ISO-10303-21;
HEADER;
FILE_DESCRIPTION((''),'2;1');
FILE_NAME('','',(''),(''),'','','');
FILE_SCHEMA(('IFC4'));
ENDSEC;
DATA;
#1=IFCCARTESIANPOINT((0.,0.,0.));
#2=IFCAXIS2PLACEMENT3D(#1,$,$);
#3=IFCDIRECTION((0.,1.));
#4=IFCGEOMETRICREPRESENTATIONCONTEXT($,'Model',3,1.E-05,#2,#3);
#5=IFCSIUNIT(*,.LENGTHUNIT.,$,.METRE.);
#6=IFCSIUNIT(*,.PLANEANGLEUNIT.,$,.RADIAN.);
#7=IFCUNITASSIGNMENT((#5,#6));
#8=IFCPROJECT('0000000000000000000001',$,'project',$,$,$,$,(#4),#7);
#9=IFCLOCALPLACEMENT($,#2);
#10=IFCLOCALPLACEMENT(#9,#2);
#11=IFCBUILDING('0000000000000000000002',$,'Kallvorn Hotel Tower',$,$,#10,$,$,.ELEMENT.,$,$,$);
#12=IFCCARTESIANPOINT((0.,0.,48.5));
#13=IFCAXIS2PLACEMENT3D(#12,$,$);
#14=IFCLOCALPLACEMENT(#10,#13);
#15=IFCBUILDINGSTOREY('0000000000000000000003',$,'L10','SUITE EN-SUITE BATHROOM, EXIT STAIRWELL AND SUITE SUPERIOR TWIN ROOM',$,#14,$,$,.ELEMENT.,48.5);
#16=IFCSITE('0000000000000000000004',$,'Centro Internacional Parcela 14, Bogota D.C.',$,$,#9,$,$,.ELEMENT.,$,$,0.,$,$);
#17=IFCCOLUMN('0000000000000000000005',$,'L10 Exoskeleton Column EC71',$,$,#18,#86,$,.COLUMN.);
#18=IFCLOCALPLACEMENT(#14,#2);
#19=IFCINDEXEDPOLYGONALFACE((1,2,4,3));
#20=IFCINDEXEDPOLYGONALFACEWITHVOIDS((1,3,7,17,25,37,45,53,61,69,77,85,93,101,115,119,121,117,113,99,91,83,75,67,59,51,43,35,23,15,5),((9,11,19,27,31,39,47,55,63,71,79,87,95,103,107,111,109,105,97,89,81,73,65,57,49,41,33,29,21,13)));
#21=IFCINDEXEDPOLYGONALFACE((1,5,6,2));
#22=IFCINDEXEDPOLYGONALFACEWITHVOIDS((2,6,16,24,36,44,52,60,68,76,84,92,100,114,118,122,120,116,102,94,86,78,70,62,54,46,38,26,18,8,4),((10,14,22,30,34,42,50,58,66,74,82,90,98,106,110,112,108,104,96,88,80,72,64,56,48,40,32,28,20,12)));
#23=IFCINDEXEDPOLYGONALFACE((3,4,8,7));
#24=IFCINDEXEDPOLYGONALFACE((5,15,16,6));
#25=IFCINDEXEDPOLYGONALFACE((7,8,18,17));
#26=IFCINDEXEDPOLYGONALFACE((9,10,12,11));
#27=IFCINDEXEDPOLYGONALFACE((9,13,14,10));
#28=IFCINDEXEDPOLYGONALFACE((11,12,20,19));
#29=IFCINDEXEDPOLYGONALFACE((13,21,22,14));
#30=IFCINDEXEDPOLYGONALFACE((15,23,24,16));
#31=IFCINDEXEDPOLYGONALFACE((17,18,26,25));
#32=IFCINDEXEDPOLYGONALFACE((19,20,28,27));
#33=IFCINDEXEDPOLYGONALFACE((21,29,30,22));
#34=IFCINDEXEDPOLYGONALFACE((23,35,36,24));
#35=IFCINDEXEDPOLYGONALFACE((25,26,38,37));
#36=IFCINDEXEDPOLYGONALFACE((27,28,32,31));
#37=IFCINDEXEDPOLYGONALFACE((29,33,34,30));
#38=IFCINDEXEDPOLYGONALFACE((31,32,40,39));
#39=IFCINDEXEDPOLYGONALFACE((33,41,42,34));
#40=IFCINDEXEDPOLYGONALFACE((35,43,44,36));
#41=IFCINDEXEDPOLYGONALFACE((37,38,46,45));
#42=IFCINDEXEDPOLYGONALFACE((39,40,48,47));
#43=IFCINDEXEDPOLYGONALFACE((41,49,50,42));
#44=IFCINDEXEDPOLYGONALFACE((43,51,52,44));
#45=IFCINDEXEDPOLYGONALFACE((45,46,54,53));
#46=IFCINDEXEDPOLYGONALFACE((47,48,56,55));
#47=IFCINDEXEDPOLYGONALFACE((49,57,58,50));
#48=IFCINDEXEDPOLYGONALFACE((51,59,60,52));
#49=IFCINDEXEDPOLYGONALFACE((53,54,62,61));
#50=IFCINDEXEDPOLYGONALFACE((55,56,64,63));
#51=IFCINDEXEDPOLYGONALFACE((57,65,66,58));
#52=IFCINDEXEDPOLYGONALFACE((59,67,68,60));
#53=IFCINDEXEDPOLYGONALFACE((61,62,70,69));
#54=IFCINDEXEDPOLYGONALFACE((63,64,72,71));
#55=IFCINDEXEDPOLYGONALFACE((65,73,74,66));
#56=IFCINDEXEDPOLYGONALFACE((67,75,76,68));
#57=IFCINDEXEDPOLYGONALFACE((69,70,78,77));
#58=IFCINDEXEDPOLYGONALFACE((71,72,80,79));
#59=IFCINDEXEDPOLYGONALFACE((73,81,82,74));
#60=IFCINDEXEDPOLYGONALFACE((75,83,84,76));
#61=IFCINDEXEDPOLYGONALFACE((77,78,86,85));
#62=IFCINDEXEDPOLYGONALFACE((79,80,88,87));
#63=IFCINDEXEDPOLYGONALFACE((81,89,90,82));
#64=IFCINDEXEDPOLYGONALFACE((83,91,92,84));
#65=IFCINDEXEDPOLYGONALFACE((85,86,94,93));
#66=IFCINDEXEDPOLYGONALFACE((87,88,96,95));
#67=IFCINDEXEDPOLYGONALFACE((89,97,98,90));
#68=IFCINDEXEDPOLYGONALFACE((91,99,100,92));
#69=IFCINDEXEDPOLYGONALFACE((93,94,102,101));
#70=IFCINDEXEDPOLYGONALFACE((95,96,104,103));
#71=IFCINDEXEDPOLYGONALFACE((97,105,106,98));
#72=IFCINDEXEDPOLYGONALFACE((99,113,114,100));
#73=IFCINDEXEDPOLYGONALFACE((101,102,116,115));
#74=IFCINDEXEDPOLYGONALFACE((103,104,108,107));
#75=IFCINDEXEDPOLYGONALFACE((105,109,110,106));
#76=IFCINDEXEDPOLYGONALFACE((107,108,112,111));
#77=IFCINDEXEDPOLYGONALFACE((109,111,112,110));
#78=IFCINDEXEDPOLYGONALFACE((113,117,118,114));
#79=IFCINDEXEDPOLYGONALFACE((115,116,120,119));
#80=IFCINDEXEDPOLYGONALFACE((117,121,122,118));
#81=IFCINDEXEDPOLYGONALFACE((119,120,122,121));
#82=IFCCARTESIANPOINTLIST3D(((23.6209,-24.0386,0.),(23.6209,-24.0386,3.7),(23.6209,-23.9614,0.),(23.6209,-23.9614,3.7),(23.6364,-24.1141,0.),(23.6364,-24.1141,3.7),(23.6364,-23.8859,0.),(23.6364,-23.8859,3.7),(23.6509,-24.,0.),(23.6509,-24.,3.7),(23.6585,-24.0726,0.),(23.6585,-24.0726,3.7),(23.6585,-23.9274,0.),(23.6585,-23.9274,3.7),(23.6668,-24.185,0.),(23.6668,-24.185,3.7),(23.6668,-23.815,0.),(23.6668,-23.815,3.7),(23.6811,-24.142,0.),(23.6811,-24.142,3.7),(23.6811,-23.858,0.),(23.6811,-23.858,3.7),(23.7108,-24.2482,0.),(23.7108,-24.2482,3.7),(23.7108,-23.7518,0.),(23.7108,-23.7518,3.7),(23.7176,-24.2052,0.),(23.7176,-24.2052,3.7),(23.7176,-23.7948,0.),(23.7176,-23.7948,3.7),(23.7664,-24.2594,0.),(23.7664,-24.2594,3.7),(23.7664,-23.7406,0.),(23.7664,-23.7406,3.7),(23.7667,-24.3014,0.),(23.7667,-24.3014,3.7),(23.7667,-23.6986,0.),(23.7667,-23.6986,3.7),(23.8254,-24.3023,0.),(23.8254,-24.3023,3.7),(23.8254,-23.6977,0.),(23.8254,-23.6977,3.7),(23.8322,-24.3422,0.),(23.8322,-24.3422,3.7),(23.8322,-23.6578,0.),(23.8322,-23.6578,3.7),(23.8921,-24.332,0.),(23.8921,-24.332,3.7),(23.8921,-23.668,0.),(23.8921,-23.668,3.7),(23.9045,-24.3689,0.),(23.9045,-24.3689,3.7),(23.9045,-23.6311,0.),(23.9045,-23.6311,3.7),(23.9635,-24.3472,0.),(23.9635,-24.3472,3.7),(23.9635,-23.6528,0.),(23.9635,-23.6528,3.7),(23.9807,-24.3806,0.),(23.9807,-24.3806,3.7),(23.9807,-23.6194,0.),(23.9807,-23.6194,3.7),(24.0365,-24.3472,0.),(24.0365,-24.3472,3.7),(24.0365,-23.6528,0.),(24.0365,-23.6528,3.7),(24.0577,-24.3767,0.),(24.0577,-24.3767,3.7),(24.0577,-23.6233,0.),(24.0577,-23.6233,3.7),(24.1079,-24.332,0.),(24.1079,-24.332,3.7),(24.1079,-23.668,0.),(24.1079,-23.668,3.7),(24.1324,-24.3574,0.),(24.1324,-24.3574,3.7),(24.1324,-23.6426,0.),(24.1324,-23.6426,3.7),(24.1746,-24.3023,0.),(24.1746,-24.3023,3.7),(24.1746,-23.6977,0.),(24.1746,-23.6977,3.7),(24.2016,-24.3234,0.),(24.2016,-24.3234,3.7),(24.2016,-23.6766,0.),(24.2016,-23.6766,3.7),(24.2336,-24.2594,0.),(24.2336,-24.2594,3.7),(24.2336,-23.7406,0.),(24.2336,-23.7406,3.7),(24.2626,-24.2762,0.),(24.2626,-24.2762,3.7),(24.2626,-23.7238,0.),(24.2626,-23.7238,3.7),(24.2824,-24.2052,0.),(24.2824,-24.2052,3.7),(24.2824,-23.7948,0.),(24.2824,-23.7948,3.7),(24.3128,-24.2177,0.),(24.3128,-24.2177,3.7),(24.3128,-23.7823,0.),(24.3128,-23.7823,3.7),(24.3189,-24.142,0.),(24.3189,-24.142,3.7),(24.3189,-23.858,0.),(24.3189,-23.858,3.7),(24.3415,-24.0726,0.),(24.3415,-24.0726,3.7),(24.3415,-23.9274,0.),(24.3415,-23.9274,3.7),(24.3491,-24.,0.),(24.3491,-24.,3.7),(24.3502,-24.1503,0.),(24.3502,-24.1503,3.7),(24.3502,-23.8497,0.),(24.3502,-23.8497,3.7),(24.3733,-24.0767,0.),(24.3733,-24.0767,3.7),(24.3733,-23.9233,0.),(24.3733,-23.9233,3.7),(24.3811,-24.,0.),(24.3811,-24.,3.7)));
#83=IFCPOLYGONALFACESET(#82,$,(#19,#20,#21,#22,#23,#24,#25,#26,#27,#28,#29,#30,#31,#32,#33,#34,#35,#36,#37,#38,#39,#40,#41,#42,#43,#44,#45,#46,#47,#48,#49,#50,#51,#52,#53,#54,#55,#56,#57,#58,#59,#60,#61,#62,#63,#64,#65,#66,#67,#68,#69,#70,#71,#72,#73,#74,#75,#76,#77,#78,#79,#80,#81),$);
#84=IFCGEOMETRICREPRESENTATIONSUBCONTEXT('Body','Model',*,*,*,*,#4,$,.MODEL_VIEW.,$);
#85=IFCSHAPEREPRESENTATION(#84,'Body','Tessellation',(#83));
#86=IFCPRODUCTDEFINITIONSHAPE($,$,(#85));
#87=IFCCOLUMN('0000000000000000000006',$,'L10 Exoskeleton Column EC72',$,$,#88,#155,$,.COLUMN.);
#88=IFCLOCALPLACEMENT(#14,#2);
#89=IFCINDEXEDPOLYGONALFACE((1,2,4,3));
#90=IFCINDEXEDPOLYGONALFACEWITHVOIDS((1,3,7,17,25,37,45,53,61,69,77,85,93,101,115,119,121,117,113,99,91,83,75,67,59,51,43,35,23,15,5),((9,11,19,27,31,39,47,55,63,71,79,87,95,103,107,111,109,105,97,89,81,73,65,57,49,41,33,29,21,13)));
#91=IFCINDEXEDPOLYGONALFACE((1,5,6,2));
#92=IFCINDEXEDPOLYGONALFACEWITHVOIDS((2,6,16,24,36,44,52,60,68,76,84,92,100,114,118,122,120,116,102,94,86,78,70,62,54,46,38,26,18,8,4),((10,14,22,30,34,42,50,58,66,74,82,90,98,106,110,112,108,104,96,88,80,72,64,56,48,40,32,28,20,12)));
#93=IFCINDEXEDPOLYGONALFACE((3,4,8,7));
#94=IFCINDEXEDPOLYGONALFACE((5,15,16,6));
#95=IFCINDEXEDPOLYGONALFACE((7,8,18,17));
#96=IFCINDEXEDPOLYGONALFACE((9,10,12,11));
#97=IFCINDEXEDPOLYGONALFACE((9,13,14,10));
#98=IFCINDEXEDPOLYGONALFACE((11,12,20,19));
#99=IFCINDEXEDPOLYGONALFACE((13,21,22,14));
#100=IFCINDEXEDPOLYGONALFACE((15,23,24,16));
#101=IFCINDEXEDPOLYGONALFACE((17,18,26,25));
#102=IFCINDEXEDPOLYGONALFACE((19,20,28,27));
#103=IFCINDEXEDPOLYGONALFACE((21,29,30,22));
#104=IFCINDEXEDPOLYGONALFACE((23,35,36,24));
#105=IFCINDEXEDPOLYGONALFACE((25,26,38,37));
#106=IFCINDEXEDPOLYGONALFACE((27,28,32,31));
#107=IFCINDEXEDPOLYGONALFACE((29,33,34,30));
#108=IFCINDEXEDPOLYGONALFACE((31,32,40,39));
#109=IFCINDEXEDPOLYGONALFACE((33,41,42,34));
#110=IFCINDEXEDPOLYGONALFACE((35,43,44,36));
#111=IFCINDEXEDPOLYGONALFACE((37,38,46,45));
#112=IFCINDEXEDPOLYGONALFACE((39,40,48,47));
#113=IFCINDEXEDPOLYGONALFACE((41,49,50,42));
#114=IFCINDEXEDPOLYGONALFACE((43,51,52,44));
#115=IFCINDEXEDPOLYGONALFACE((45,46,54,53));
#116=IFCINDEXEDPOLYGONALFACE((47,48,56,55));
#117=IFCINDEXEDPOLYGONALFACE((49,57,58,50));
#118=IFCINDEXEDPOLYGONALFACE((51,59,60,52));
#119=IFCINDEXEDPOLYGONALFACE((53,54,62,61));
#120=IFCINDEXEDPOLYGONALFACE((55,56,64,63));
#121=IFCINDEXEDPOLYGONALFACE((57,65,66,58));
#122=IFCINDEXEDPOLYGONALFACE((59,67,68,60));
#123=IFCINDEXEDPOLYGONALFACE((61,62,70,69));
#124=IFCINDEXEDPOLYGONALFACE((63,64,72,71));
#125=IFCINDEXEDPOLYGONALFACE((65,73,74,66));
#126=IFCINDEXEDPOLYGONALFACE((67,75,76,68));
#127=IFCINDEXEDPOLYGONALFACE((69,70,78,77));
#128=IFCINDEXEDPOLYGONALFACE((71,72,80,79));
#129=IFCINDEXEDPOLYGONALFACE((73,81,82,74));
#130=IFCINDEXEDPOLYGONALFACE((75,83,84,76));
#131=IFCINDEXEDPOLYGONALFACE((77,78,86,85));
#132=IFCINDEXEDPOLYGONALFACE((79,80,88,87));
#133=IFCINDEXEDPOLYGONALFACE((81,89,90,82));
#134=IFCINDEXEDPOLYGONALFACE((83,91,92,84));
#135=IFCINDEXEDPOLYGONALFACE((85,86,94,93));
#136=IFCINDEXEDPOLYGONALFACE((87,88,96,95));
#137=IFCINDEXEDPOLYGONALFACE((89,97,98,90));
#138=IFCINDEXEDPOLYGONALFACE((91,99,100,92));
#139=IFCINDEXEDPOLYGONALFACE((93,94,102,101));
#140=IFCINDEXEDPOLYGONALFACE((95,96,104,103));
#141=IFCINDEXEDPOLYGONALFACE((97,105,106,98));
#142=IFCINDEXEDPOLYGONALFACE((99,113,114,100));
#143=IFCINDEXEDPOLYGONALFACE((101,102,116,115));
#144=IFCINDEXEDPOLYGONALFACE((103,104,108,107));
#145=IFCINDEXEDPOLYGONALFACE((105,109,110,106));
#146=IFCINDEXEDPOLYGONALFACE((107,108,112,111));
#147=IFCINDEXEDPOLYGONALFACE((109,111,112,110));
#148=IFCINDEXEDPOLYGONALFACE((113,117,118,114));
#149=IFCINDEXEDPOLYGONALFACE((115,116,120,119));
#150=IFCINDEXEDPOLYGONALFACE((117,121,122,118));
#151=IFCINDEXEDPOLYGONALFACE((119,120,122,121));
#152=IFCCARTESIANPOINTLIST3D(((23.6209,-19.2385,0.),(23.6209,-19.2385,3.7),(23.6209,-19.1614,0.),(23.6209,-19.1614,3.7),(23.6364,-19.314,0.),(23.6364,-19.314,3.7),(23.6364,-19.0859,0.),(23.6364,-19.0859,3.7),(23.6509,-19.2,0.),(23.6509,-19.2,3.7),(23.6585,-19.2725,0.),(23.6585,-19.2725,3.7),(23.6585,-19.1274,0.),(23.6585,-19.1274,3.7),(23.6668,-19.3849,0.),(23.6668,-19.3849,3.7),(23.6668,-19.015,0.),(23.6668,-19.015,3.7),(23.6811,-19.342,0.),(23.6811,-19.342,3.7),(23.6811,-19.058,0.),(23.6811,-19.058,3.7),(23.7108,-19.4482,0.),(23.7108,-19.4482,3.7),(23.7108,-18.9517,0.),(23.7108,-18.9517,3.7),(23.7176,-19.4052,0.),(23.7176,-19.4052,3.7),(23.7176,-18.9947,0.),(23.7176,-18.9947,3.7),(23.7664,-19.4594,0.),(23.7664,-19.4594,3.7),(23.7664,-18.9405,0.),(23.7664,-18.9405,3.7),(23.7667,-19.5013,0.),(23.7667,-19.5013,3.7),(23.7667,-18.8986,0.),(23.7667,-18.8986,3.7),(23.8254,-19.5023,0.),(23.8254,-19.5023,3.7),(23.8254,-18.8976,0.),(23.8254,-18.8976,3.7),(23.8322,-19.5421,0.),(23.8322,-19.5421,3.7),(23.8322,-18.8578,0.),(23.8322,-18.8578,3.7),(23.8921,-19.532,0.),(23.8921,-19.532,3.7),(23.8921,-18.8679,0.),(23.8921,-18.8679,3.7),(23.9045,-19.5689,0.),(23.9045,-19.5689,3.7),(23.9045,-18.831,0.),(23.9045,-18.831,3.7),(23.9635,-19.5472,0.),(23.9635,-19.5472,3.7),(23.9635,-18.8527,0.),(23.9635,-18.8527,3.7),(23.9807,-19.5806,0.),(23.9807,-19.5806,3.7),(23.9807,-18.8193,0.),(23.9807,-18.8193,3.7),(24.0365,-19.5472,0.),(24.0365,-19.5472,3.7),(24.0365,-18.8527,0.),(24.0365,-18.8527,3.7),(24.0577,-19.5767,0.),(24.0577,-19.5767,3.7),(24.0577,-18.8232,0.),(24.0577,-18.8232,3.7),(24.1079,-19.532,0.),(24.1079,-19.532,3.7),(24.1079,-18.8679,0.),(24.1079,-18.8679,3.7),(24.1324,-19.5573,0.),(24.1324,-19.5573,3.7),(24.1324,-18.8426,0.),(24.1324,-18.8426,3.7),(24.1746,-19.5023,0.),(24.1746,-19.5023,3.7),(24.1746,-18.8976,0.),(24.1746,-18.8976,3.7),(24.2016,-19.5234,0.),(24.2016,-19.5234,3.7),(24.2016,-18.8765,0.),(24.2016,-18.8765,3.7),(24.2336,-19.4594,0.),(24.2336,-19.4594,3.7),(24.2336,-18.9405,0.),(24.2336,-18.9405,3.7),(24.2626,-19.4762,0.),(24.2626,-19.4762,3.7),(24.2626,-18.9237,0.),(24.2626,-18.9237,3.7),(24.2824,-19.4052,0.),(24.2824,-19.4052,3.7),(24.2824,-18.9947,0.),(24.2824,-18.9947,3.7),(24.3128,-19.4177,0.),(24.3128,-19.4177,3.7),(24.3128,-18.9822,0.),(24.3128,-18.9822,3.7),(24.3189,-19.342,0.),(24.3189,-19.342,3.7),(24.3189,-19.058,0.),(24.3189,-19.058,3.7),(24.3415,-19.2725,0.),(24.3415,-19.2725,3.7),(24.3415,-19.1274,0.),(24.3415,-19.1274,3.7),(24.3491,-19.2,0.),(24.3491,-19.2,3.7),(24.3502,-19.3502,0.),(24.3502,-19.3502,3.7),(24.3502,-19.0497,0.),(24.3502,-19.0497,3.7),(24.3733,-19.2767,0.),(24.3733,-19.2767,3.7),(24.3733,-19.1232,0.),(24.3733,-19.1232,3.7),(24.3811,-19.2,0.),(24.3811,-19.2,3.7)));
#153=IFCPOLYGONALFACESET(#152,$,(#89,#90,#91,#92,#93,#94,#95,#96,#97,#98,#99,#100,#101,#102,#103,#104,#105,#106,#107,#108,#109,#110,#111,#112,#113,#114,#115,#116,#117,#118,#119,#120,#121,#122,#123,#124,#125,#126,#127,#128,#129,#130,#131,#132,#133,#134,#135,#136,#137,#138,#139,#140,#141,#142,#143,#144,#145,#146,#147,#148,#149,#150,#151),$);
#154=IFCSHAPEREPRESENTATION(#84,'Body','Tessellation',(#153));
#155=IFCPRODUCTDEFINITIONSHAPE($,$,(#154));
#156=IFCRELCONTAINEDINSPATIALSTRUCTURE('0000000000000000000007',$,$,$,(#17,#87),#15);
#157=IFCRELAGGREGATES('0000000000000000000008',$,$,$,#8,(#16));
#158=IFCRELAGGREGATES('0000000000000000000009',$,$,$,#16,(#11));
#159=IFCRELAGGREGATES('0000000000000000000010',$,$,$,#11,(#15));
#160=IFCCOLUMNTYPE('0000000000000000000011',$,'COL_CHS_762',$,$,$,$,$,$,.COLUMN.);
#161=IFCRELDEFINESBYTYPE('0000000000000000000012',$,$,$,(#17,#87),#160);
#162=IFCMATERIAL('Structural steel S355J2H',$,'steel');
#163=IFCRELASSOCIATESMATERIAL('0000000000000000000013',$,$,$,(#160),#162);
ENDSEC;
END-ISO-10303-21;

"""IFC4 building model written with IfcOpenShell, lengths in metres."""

from ifc_helpers import new_model, si_unit, direction, frame, origin, origin_2d, place, context, subcontext, project, spatial, hollow_circle, extrude, material, material_profile, profile_set, type_object, element, save


model = new_model("IFC4")

# Units and contexts
model_context = context("Model", 3, precision=1e-05, world=origin(), true_north=direction((0.0, 1.0)))
body_context = subcontext(model_context, "Body", "Model", "MODEL_VIEW")
ifc_project = project(units=[si_unit("LENGTHUNIT", "METRE"), si_unit("PLANEANGLEUNIT", "RADIAN")], contexts=[model_context])

# Site, building, storey
site_placement = place(None, origin())
site = spatial("IfcSite", under=ifc_project, at=site_placement, Name="Centro Internacional Parcela 14, Bogota D.C.", CompositionType="ELEMENT", RefElevation=0.0)
building_placement = place(site_placement, origin())
building = spatial("IfcBuilding", under=site, at=building_placement, Name="Kallvorn Hotel Tower", CompositionType="ELEMENT")
storey_placement = place(building_placement, frame((0.0, 0.0, 48.5)))
storey = spatial("IfcBuildingStorey", under=building, at=storey_placement, Name="L10", Description="SUITE EN-SUITE BATHROOM, EXIT STAIRWELL AND SUITE SUPERIOR TWIN ROOM", CompositionType="ELEMENT", Elevation=48.5)

# Columns
ifc_material_1 = material(Name="Structural steel S355J2H", Category="steel")
ifc_material_profile_1 = material_profile(ifc_material_1, hollow_circle(Radius=0.3811, WallThickness=0.032, at=origin_2d()), Name="CHS 762x32")
ifc_profile_set_1 = profile_set([ifc_material_profile_1], Name="Structural steel S355J2H")
column_type = type_object("IfcColumnType", Name="COL_CHS_762", PredefinedType="COLUMN", material=ifc_profile_set_1)
for number, where, z_axis, x_axis, name in (
    (1, (24.0, -24.0, 0.0), (0.0, 0.0, 1.0), (1.0, 0.0, 0.0), "L10 Exoskeleton Column EC71"),
    (2, (24.0, -19.2, 0.0), (0.0, 0.0, 1.0), (1.0, 0.0, 0.0), "L10 Exoskeleton Column EC72"),
):
    element("IfcColumn", number, at=place(storey_placement, frame(where, z_axis=z_axis, x_axis=x_axis)), inside=storey, type_object=column_type, Name=name, PredefinedType="COLUMN", context=body_context, shape_type="SweptSolid", body=[
        extrude(hollow_circle(Radius=0.3811, WallThickness=0.032, at=origin_2d()), origin(), (0.0, 0.0, 1.0), 3.7),
    ])

save(model, "model.ifc")
